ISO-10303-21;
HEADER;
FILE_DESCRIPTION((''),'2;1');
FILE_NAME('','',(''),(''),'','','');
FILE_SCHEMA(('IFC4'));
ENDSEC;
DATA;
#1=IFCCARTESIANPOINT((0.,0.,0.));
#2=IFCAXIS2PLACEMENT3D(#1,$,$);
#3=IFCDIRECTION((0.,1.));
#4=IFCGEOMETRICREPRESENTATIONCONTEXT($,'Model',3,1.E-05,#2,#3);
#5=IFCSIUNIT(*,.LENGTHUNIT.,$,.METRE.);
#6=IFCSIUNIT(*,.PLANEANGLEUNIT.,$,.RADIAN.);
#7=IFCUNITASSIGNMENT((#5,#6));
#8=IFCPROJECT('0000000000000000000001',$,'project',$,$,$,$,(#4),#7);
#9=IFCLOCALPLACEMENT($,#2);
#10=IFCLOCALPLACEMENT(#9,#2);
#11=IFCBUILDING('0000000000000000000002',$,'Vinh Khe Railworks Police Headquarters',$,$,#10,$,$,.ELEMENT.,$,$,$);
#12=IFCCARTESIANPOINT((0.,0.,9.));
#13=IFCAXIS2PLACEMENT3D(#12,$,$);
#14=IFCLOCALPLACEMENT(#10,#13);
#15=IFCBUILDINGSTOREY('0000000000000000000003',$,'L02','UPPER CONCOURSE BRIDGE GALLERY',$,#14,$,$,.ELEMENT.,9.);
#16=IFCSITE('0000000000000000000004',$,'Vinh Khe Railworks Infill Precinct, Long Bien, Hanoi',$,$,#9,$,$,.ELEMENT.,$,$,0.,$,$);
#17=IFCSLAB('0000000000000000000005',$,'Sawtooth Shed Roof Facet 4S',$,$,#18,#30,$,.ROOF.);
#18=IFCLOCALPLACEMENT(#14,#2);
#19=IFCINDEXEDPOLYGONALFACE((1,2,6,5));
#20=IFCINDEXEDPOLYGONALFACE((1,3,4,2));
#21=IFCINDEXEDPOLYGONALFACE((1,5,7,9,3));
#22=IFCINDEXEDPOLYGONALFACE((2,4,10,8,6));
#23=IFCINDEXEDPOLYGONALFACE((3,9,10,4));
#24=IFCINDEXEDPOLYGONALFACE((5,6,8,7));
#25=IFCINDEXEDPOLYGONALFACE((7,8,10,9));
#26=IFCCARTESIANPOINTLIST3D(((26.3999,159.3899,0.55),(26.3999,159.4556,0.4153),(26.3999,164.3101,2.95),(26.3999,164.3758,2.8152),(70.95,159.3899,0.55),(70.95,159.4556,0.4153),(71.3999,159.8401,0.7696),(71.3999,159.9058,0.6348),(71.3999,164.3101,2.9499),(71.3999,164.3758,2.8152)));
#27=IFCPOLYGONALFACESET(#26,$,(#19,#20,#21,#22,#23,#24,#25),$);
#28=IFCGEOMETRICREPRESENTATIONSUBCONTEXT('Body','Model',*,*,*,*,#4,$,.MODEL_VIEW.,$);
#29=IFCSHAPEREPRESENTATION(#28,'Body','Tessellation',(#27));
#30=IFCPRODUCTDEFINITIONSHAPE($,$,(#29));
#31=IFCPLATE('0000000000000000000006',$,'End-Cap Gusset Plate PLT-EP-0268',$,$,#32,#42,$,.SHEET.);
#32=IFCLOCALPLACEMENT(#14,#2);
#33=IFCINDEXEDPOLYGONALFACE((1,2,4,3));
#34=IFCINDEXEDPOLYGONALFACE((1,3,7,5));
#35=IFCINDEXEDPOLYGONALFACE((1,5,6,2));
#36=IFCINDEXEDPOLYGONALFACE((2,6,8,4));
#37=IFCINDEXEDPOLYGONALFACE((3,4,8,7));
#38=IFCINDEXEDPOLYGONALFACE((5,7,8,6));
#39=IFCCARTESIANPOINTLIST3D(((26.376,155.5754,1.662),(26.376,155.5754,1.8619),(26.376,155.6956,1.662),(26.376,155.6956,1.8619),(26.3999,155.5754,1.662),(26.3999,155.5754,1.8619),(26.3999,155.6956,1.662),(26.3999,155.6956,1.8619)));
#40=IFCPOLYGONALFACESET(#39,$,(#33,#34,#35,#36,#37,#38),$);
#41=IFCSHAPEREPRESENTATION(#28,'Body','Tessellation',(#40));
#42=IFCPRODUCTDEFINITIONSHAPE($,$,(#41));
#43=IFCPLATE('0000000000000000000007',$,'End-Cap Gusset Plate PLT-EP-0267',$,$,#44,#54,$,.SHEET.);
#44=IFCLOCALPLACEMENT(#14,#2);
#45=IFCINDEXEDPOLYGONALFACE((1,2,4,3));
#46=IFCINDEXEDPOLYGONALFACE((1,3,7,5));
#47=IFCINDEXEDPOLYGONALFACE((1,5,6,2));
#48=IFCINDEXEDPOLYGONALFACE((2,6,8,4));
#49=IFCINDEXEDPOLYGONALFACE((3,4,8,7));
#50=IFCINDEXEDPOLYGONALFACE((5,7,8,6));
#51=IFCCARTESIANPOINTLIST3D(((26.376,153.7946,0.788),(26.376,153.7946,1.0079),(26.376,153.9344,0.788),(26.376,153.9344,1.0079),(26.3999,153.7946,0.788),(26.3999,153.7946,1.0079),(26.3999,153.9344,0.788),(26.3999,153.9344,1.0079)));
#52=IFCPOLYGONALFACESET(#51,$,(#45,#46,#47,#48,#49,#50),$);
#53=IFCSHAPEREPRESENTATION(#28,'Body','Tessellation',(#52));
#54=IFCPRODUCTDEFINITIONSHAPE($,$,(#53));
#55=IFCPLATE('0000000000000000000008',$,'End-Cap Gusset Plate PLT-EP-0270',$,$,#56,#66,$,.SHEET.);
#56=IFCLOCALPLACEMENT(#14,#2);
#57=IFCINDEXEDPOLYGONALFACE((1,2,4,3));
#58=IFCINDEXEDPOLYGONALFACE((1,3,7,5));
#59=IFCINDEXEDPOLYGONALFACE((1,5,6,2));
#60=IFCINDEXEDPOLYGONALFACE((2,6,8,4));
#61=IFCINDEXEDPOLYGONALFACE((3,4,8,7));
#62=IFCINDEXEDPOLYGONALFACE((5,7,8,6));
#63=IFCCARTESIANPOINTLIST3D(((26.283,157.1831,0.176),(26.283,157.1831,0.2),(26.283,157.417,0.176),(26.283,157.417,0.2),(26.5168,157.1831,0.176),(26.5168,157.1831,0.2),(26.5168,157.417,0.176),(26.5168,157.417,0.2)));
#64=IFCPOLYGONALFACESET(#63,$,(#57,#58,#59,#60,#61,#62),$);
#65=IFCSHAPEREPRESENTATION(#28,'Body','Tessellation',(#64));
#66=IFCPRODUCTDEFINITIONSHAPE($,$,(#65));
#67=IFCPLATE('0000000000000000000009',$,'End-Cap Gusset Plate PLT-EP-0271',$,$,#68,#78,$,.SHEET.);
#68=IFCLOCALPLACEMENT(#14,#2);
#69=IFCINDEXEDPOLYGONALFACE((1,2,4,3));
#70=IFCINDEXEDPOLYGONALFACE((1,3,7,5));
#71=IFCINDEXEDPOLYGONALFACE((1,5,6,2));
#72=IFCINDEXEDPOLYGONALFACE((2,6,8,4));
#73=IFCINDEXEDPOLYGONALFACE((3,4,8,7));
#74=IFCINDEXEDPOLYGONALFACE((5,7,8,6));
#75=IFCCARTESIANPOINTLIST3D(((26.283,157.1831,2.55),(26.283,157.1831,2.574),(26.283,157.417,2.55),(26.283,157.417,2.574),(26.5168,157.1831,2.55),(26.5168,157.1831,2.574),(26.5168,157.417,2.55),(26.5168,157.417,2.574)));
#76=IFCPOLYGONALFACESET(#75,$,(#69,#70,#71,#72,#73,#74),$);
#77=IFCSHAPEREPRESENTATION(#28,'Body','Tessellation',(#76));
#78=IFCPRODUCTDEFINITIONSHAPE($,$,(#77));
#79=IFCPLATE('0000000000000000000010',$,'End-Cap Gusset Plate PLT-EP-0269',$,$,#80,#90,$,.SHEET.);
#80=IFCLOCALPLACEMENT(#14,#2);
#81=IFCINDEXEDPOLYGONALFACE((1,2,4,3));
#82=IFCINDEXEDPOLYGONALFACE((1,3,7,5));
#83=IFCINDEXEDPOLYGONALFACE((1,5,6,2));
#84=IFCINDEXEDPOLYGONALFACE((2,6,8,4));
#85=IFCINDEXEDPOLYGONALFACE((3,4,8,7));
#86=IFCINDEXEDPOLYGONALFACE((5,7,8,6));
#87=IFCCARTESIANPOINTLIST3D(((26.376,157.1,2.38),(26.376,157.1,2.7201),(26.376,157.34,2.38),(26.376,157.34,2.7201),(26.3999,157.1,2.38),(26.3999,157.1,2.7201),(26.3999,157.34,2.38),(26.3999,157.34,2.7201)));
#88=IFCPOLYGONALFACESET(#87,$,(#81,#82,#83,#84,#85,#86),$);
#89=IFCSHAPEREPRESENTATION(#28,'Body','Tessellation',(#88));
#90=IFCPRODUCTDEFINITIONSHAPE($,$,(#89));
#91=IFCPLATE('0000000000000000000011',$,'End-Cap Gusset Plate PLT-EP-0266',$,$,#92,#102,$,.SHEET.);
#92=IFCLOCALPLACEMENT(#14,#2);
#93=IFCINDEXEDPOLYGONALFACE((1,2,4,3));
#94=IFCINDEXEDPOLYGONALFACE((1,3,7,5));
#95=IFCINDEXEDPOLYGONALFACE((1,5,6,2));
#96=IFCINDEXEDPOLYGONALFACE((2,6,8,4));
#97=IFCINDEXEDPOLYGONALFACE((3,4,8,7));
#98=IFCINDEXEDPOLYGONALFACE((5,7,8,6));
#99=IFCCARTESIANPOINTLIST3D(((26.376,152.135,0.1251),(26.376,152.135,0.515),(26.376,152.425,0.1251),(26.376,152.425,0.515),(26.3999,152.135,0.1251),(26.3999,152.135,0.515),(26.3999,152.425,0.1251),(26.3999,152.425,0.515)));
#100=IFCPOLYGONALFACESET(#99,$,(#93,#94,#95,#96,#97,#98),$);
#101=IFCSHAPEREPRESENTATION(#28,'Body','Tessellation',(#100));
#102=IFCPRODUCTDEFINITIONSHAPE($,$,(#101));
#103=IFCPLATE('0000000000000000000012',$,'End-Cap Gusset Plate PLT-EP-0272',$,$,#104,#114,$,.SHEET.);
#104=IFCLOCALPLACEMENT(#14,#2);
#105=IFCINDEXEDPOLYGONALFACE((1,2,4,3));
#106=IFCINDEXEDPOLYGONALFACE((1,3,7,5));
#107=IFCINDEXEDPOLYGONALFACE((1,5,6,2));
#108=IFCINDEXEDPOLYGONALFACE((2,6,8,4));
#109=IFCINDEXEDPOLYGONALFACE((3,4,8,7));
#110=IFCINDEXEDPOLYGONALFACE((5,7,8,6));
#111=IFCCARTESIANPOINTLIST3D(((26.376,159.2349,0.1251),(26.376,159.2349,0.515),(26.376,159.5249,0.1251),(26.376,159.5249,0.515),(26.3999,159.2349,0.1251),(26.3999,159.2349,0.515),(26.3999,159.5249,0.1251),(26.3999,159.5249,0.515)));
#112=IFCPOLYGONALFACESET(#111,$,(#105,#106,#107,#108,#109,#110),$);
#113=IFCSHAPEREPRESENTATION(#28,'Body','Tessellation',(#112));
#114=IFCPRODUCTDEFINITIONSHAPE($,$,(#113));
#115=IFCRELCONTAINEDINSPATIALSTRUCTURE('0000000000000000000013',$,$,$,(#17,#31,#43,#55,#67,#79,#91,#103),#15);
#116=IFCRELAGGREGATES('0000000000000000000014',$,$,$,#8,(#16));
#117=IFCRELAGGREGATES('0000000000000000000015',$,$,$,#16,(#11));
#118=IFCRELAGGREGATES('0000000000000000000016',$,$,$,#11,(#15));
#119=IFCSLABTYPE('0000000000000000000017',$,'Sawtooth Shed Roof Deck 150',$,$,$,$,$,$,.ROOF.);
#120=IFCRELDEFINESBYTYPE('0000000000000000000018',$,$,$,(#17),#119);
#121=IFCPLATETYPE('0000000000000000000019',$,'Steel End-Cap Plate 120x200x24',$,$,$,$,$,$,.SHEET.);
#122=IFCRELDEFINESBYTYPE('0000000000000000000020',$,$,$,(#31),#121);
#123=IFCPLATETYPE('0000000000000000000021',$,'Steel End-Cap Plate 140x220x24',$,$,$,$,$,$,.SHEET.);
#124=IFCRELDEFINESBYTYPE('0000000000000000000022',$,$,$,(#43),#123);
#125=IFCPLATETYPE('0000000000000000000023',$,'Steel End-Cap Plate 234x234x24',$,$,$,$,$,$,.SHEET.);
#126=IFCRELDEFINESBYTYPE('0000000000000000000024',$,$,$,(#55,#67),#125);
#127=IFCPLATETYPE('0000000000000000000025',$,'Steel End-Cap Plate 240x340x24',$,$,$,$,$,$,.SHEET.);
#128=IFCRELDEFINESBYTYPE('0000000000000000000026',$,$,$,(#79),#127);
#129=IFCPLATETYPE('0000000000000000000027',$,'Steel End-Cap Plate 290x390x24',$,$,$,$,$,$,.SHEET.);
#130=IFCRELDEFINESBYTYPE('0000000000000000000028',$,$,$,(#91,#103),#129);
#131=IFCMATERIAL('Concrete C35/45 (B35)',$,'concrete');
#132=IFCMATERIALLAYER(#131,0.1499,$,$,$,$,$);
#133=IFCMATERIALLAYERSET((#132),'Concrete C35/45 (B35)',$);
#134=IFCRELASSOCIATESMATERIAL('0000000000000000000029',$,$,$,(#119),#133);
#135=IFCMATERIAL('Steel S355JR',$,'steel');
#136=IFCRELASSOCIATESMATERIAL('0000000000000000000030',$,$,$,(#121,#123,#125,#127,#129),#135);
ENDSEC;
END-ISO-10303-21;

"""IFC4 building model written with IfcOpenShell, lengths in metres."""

from ifc_helpers import new_model, si_unit, direction, frame, origin, origin_2d, place, context, subcontext, project, spatial, polyline, rectangle, outline, extrude, material, layer, layer_set, material_profile, profile_set, type_object, element, save


model = new_model("IFC4")

# Units and contexts
model_context = context("Model", 3, precision=1e-05, world=origin(), true_north=direction((0.0, 1.0)))
body_context = subcontext(model_context, "Body", "Model", "MODEL_VIEW")
ifc_project = project(units=[si_unit("LENGTHUNIT", "METRE"), si_unit("PLANEANGLEUNIT", "RADIAN")], contexts=[model_context])

# Site, building, storey
site_placement = place(None, origin())
site = spatial("IfcSite", under=ifc_project, at=site_placement, Name="Vinh Khe Railworks Infill Precinct, Long Bien, Hanoi", CompositionType="ELEMENT", RefElevation=0.0)
building_placement = place(site_placement, origin())
building = spatial("IfcBuilding", under=site, at=building_placement, Name="Vinh Khe Railworks Police Headquarters", CompositionType="ELEMENT")
storey_placement = place(building_placement, frame((0.0, 0.0, 9.0)))
storey = spatial("IfcBuildingStorey", under=building, at=storey_placement, Name="L02", Description="UPPER CONCOURSE BRIDGE GALLERY", CompositionType="ELEMENT", Elevation=9.0)

# Shared definitions
ifc_material_1 = material(Name="Steel S355JR", Category="steel")

# Slab
ifc_material_2 = material(Name="Concrete C35/45 (B35)", Category="concrete")
ifc_layer = layer(ifc_material_2, 0.1499)
ifc_layer_set = layer_set([ifc_layer], Name="Concrete C35/45 (B35)")
slab_type = type_object("IfcSlabType", Name="Sawtooth Shed Roof Deck 150", PredefinedType="ROOF", material=ifc_layer_set)
slab_1_placement = place(storey_placement, frame((26.3999, 159.3899, 0.55), z_axis=(0.000001, -0.438397, 0.898781), x_axis=(1.0, 0.0, -0.000001)))
element("IfcSlab", 1, at=slab_1_placement, inside=storey, type_object=slab_type, Name="Sawtooth Shed Roof Facet 4S", PredefinedType="ROOF", context=body_context, shape_type="SweptSolid", body=[
    extrude(outline(polyline([(0.0, 0.0), (44.55, 0.0), (45.0, 0.5008), (45.0, 5.4743), (0.0, 5.4743), (0.0, 0.0)])), origin(), (0.0, 0.0, -1.0), 0.1499),
])

# Plates
ifc_material_profile_1 = material_profile(ifc_material_1, rectangle(XDim=0.1201, YDim=0.2, at=origin_2d()), Name="PL 120x200")
ifc_profile_set_1 = profile_set([ifc_material_profile_1], Name="Steel S355JR")
plate_type_1 = type_object("IfcPlateType", Name="Steel End-Cap Plate 120x200x24", PredefinedType="SHEET", material=ifc_profile_set_1)
plate_1_placement = place(storey_placement, frame((26.3999, 155.6355, 1.762), z_axis=(-1.0, 0.0, 0.0), x_axis=(0.0, -1.0, 0.0)))
element("IfcPlate", 2, at=plate_1_placement, inside=storey, type_object=plate_type_1, Name="End-Cap Gusset Plate PLT-EP-0268", PredefinedType="SHEET", context=body_context, shape_type="SweptSolid", body=[
    extrude(rectangle(XDim=0.1201, YDim=0.2, at=origin_2d()), origin(), (0.0, 0.0, 1.0), 0.0239),
])
ifc_material_profile_2 = material_profile(ifc_material_1, rectangle(XDim=0.1399, YDim=0.22, at=origin_2d()), Name="PL 140x220")
ifc_profile_set_2 = profile_set([ifc_material_profile_2], Name="Steel S355JR")
plate_type_2 = type_object("IfcPlateType", Name="Steel End-Cap Plate 140x220x24", PredefinedType="SHEET", material=ifc_profile_set_2)
plate_2_placement = place(storey_placement, frame((26.3999, 153.8645, 0.8979), z_axis=(-1.0, 0.0, 0.0), x_axis=(0.0, -1.0, 0.0)))
element("IfcPlate", 3, at=plate_2_placement, inside=storey, type_object=plate_type_2, Name="End-Cap Gusset Plate PLT-EP-0267", PredefinedType="SHEET", context=body_context, shape_type="SweptSolid", body=[
    extrude(rectangle(XDim=0.1399, YDim=0.22, at=origin_2d()), origin(), (0.0, 0.0, 1.0), 0.0239),
])
ifc_material_profile_3 = material_profile(ifc_material_1, rectangle(XDim=0.2339, YDim=0.2339, at=origin_2d()), Name="PL 234x234")
ifc_profile_set_3 = profile_set([ifc_material_profile_3], Name="Steel S355JR")
plate_type_3 = type_object("IfcPlateType", Name="Steel End-Cap Plate 234x234x24", PredefinedType="SHEET", material=ifc_profile_set_3)
for number, where, z_axis, x_axis, name in (
    (4, (26.3999, 157.3, 0.2), (0.0, 0.0, -1.0), (1.0, 0.0, 0.0), "End-Cap Gusset Plate PLT-EP-0270"),
    (5, (26.3999, 157.3, 2.55), (0.0, 0.0, 1.0), (1.0, 0.0, 0.0), "End-Cap Gusset Plate PLT-EP-0271"),
):
    element("IfcPlate", number, at=place(storey_placement, frame(where, z_axis=z_axis, x_axis=x_axis)), inside=storey, type_object=plate_type_3, Name=name, PredefinedType="SHEET", context=body_context, shape_type="SweptSolid", body=[
        extrude(rectangle(XDim=0.2339, YDim=0.2339, at=origin_2d()), origin(), (0.0, 0.0, 1.0), 0.0239),
    ])
ifc_material_profile_4 = material_profile(ifc_material_1, rectangle(XDim=0.24, YDim=0.3401, at=origin_2d()), Name="PL 240x340")
ifc_profile_set_4 = profile_set([ifc_material_profile_4], Name="Steel S355JR")
plate_type_4 = type_object("IfcPlateType", Name="Steel End-Cap Plate 240x340x24", PredefinedType="SHEET", material=ifc_profile_set_4)
plate_3_placement = place(storey_placement, frame((26.3999, 157.22, 2.55), z_axis=(-1.0, 0.0, 0.0), x_axis=(0.0, -1.0, 0.0)))
element("IfcPlate", 6, at=plate_3_placement, inside=storey, type_object=plate_type_4, Name="End-Cap Gusset Plate PLT-EP-0269", PredefinedType="SHEET", context=body_context, shape_type="SweptSolid", body=[
    extrude(rectangle(XDim=0.24, YDim=0.3401, at=origin_2d()), origin(), (0.0, 0.0, 1.0), 0.0239),
])
ifc_material_profile_5 = material_profile(ifc_material_1, rectangle(XDim=0.29, YDim=0.3899, at=origin_2d()), Name="PL 290x390")
ifc_profile_set_5 = profile_set([ifc_material_profile_5], Name="Steel S355JR")
plate_type_5 = type_object("IfcPlateType", Name="Steel End-Cap Plate 290x390x24", PredefinedType="SHEET", material=ifc_profile_set_5)
for number, where, z_axis, x_axis, name in (
    (7, (26.3999, 152.28, 0.3201), (-1.0, 0.0, 0.0), (0.0, -1.0, 0.0), "End-Cap Gusset Plate PLT-EP-0266"),
    (8, (26.3999, 159.3799, 0.3201), (-1.0, 0.0, 0.0), (0.0, -1.0, 0.0), "End-Cap Gusset Plate PLT-EP-0272"),
):
    element("IfcPlate", number, at=place(storey_placement, frame(where, z_axis=z_axis, x_axis=x_axis)), inside=storey, type_object=plate_type_5, Name=name, PredefinedType="SHEET", context=body_context, shape_type="SweptSolid", body=[
        extrude(rectangle(XDim=0.29, YDim=0.3899, at=origin_2d()), origin(), (0.0, 0.0, 1.0), 0.0239),
    ])

save(model, "model.ifc")
